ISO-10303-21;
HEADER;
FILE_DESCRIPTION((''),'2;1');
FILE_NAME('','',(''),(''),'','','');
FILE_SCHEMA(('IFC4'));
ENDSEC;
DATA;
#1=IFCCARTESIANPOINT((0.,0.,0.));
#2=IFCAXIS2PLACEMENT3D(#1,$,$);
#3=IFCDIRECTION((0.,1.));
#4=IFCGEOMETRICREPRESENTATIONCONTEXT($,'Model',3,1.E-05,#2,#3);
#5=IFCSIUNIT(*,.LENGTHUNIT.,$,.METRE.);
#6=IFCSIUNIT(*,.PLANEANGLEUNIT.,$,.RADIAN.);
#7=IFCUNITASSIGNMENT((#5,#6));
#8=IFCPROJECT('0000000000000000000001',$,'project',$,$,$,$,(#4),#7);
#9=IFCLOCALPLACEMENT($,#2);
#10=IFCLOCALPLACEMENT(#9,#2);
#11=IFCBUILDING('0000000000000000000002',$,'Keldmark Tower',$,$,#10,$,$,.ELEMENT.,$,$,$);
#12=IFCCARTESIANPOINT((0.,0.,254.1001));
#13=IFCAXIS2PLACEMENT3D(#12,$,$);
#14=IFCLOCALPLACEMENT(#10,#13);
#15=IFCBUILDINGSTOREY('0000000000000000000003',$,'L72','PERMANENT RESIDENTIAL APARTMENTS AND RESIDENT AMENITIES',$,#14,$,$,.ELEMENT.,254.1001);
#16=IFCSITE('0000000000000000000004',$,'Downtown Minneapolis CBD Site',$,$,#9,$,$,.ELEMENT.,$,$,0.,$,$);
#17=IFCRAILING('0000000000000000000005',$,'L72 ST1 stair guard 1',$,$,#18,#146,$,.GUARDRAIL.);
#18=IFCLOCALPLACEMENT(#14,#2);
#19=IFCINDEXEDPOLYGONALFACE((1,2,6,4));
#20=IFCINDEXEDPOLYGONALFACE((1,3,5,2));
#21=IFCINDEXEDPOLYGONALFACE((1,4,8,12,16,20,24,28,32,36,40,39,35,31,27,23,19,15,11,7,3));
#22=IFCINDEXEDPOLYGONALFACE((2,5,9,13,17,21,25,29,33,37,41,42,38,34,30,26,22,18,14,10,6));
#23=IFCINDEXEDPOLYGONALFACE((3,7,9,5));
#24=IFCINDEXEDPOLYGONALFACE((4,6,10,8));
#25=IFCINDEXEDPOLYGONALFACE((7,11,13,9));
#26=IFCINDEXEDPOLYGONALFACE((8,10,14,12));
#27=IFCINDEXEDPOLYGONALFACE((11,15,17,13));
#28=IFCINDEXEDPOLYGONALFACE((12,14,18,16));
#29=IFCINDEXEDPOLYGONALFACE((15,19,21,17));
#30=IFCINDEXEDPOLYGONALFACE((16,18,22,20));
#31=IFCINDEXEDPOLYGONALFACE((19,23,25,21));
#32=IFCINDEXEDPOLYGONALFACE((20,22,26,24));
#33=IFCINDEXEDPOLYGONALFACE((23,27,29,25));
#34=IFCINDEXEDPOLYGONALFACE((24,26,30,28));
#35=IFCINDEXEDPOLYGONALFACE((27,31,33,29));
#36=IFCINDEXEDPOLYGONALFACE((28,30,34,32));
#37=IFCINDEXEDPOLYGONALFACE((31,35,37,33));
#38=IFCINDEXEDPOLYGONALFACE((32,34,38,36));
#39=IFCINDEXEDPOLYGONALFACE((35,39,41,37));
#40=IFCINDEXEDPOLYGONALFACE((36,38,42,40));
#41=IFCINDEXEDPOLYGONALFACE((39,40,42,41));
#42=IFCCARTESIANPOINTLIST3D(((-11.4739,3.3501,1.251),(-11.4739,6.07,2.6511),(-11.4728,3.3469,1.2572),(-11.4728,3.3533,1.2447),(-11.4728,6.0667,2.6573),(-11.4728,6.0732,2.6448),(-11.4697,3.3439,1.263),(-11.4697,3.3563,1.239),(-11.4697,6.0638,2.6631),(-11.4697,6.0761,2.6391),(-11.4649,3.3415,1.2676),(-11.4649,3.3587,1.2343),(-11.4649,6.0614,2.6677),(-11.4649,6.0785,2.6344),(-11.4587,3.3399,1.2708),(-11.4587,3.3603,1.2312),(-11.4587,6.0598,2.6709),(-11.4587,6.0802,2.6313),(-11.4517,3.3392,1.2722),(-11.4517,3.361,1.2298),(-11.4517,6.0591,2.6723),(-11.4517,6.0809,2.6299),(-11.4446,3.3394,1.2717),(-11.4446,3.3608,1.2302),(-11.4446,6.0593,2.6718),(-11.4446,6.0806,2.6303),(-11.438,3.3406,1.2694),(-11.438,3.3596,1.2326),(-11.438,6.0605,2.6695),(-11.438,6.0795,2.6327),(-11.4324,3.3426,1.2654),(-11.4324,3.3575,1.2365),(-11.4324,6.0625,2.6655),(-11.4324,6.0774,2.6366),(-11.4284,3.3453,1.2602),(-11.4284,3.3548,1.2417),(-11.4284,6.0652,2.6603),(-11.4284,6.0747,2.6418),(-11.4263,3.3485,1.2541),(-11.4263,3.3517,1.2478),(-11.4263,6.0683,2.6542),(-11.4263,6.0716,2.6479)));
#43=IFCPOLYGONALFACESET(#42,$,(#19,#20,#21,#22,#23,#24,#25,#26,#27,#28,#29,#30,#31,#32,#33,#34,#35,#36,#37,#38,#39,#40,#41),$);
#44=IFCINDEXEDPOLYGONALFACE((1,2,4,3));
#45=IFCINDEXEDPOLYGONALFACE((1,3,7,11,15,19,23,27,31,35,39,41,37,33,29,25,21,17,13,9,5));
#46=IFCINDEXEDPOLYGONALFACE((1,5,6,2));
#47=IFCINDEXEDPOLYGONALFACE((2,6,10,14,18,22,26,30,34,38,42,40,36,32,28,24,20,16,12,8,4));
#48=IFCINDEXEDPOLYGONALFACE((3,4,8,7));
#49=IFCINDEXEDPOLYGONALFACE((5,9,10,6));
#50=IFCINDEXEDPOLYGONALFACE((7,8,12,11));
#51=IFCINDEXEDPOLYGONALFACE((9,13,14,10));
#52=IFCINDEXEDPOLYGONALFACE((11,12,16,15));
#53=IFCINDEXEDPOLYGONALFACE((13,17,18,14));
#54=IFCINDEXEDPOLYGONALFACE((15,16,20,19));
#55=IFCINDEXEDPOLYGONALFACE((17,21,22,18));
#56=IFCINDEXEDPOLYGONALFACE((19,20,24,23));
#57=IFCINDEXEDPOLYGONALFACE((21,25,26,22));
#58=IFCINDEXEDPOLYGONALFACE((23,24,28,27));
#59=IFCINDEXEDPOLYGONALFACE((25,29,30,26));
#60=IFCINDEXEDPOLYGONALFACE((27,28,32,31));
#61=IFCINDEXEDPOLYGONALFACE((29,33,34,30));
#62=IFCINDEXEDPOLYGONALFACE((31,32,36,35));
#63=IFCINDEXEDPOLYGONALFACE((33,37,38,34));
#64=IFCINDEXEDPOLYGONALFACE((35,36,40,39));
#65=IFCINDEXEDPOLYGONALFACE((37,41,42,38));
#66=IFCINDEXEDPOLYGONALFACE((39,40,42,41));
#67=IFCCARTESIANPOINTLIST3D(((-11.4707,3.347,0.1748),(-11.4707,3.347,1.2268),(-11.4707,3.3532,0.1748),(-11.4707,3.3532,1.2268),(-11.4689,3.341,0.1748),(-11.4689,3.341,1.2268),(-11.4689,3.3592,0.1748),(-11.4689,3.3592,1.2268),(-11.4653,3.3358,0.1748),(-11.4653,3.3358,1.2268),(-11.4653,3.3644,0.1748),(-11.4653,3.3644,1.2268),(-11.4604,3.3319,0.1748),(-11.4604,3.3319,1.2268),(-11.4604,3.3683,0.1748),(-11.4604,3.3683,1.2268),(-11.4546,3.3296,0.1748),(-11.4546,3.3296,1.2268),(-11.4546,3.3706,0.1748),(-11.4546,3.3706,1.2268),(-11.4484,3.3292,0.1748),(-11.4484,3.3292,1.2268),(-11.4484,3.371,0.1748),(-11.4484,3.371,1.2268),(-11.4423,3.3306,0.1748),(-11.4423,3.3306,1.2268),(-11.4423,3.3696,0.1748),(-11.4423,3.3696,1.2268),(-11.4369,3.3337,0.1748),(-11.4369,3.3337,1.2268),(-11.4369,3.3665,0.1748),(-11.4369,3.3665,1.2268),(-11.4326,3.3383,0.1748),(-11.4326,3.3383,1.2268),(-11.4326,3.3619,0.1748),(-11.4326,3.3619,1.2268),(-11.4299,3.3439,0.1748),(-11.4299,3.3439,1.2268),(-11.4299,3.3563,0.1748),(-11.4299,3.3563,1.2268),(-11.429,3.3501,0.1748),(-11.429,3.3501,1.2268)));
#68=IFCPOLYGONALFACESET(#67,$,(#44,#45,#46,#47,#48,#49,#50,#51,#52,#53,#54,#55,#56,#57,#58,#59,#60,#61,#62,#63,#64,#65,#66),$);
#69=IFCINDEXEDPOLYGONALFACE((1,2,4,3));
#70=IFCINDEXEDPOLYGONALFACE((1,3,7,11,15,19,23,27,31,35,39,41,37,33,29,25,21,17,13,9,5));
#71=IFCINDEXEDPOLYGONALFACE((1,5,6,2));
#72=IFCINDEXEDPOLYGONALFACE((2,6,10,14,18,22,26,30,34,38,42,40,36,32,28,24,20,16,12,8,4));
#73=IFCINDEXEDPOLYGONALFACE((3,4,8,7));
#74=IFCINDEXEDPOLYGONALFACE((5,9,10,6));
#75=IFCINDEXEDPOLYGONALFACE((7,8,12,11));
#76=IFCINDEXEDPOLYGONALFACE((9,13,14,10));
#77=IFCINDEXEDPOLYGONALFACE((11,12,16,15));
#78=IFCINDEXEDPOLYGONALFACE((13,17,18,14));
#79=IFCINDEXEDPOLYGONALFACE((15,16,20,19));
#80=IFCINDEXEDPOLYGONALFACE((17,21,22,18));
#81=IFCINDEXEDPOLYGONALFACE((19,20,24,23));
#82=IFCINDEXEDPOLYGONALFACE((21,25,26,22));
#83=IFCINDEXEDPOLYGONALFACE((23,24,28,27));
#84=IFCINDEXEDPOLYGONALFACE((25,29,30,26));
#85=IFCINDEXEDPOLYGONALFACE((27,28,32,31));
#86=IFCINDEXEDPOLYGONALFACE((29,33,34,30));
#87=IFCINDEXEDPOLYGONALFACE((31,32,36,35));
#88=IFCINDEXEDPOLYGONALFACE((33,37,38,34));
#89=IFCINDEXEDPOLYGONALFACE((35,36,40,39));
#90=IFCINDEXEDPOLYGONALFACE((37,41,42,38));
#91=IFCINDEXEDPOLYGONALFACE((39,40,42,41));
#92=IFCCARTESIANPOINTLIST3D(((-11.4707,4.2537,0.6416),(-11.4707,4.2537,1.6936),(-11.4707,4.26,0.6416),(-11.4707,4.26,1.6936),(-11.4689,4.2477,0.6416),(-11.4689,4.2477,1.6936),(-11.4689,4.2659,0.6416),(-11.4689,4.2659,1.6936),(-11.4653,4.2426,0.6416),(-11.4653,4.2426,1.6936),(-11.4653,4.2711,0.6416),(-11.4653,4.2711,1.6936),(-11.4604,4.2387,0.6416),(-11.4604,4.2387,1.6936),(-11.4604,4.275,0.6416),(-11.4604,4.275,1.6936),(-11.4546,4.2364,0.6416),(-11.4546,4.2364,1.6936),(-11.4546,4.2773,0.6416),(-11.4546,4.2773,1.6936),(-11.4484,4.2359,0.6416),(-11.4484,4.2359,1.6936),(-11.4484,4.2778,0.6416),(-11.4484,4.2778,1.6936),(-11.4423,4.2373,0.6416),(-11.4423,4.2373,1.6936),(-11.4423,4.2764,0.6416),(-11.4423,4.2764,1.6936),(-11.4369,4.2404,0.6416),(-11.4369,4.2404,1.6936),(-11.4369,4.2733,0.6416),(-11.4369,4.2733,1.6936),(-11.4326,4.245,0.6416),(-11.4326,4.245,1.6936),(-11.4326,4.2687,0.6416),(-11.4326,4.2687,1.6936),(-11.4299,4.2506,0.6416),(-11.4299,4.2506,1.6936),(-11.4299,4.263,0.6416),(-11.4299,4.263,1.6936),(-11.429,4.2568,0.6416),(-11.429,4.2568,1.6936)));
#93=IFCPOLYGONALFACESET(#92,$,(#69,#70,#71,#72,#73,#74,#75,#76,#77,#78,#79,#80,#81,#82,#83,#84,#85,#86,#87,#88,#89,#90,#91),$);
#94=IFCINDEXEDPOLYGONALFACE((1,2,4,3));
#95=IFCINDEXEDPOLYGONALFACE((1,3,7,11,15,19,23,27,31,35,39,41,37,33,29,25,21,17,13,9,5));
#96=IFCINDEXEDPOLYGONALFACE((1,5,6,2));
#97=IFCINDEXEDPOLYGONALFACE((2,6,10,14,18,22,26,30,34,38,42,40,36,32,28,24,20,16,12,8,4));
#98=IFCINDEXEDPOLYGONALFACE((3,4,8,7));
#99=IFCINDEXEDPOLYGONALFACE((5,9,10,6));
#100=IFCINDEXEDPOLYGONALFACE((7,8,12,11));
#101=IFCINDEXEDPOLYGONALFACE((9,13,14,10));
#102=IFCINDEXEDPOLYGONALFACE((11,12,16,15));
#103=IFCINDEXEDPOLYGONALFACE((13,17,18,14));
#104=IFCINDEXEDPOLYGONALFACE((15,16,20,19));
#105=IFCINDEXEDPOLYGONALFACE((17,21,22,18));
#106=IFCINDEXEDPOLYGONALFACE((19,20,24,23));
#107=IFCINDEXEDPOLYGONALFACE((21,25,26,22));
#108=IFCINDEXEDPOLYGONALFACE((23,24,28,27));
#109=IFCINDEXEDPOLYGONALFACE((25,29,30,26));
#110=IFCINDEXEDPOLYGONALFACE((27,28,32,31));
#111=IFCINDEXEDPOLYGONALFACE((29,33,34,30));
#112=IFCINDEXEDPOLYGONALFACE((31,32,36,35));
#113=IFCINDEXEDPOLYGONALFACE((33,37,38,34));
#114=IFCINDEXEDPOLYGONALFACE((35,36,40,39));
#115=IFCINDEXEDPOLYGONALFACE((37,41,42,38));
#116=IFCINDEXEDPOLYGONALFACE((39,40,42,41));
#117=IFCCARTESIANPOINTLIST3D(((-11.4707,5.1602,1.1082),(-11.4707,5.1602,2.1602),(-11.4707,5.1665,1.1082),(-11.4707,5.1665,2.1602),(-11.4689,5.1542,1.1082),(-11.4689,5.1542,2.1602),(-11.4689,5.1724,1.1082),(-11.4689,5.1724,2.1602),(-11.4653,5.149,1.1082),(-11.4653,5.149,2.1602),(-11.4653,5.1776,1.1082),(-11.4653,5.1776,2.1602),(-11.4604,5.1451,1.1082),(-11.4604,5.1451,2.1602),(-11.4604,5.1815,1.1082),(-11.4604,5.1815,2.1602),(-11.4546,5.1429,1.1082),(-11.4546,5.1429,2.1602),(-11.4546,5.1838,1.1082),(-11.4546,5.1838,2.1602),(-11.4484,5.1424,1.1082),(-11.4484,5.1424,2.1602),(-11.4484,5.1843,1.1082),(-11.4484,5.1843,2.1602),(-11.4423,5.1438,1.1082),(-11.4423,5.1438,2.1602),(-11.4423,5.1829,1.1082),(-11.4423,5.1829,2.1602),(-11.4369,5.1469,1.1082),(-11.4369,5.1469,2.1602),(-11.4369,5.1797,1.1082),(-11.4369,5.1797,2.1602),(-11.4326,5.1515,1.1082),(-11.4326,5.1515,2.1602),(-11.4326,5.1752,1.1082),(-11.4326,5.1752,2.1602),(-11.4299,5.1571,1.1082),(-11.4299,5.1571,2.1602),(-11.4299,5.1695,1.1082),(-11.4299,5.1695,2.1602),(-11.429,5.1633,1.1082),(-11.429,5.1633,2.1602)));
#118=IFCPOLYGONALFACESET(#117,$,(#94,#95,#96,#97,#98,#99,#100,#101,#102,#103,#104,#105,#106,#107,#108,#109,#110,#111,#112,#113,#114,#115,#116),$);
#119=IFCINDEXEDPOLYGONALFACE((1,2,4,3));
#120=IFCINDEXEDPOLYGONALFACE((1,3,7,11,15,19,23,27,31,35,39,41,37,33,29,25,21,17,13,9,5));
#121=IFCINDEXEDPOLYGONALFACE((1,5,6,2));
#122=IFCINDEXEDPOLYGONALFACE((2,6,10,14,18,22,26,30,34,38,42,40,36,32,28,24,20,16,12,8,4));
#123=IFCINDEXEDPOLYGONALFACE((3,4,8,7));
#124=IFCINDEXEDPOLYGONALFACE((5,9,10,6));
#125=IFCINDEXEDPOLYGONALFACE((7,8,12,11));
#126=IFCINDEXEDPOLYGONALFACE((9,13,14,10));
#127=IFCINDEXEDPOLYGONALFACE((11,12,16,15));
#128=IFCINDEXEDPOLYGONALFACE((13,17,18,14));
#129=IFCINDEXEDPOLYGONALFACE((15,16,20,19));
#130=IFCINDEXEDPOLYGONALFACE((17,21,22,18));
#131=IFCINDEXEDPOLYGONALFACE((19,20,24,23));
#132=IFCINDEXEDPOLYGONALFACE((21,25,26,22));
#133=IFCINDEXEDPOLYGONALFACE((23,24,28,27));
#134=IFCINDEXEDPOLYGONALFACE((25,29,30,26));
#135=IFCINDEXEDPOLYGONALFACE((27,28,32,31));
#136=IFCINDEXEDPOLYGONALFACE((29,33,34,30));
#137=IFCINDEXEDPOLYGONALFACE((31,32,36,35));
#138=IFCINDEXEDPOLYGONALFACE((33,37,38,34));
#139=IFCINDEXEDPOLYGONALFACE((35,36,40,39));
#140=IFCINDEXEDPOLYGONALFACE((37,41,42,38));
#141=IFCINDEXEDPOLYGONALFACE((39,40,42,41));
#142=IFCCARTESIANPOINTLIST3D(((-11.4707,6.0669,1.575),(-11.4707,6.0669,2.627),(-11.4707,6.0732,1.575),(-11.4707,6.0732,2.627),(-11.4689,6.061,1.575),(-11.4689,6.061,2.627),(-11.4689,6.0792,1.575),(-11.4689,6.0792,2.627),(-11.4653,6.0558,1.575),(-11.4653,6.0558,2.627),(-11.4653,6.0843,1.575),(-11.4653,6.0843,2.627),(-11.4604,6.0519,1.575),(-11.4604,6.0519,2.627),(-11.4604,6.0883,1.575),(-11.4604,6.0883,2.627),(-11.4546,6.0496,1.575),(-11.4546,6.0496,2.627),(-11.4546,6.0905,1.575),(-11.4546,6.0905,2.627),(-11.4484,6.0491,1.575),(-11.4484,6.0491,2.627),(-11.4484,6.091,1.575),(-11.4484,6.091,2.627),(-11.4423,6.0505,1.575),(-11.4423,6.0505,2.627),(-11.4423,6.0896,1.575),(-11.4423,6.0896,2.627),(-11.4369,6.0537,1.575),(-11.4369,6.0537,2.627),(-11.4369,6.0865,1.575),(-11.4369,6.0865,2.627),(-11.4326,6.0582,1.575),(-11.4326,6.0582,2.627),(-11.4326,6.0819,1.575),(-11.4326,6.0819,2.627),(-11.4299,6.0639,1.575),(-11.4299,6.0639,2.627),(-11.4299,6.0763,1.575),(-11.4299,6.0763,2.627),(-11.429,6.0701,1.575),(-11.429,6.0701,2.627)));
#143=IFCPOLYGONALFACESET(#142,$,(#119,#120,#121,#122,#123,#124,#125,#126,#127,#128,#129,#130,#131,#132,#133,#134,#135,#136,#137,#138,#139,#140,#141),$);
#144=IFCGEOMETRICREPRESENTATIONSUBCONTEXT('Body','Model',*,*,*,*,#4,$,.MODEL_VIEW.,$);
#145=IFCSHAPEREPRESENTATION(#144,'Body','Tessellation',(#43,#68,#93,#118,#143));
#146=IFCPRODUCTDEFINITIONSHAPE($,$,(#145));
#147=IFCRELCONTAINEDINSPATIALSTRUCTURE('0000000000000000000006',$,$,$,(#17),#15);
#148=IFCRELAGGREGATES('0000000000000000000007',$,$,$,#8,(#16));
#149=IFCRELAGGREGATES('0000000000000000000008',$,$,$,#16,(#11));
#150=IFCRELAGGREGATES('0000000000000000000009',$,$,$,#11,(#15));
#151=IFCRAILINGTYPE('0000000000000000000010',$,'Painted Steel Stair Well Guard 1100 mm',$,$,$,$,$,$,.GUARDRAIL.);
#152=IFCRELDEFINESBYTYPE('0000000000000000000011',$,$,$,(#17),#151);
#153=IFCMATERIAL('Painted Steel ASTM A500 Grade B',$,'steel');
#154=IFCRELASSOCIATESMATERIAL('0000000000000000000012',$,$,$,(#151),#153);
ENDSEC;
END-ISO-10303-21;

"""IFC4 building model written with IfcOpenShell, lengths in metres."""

from ifc_helpers import new_model, si_unit, direction, frame, origin, origin_2d, place, context, subcontext, project, spatial, circle, extrude, material, type_object, element, save


model = new_model("IFC4")

# Units and contexts
model_context = context("Model", 3, precision=1e-05, world=origin(), true_north=direction((0.0, 1.0)))
body_context = subcontext(model_context, "Body", "Model", "MODEL_VIEW")
ifc_project = project(units=[si_unit("LENGTHUNIT", "METRE"), si_unit("PLANEANGLEUNIT", "RADIAN")], contexts=[model_context])

# Site, building, storey
site_placement = place(None, origin())
site = spatial("IfcSite", under=ifc_project, at=site_placement, Name="Downtown Minneapolis CBD Site", CompositionType="ELEMENT", RefElevation=0.0)
building_placement = place(site_placement, origin())
building = spatial("IfcBuilding", under=site, at=building_placement, Name="Keldmark Tower", CompositionType="ELEMENT")
storey_placement = place(building_placement, frame((0.0, 0.0, 254.1001)))
storey = spatial("IfcBuildingStorey", under=building, at=storey_placement, Name="L72", Description="PERMANENT RESIDENTIAL APARTMENTS AND RESIDENT AMENITIES", CompositionType="ELEMENT", Elevation=254.1001)

# Railing
ifc_material_1 = material(Name="Painted Steel ASTM A500 Grade B", Category="steel")
railing_type_1 = type_object("IfcRailingType", Name="Painted Steel Stair Well Guard 1100 mm", PredefinedType="GUARDRAIL", material=ifc_material_1)
railing_1_placement = place(storey_placement, frame((-11.45, 3.3501, 0.1748)))
element("IfcRailing", 1, at=railing_1_placement, inside=storey, type_object=railing_type_1, Name="L72 ST1 stair guard 1", PredefinedType="GUARDRAIL", context=body_context, shape_type="SweptSolid", body=[
    extrude(circle(Radius=0.0239, at=origin_2d()), frame((0.0, 0.0, 1.0762), z_axis=(0.0, 0.889114, 0.457685), x_axis=(-1.0, 0.0, 0.0)), (0.0, 0.0, 1.0), 3.0591),
    extrude(circle(Radius=0.021, at=origin_2d()), origin(), (0.0, 0.0, 1.0), 1.052),
    extrude(circle(Radius=0.021, at=origin_2d()), frame((0.0, 0.9067, 0.4668)), (0.0, 0.0, 1.0), 1.052),
    extrude(circle(Radius=0.021, at=origin_2d()), frame((0.0, 1.8132, 0.9333)), (0.0, 0.0, 1.0), 1.052),
    extrude(circle(Radius=0.021, at=origin_2d()), frame((0.0, 2.72, 1.4001)), (0.0, 0.0, 1.0), 1.052),
])

save(model, "model.ifc")
